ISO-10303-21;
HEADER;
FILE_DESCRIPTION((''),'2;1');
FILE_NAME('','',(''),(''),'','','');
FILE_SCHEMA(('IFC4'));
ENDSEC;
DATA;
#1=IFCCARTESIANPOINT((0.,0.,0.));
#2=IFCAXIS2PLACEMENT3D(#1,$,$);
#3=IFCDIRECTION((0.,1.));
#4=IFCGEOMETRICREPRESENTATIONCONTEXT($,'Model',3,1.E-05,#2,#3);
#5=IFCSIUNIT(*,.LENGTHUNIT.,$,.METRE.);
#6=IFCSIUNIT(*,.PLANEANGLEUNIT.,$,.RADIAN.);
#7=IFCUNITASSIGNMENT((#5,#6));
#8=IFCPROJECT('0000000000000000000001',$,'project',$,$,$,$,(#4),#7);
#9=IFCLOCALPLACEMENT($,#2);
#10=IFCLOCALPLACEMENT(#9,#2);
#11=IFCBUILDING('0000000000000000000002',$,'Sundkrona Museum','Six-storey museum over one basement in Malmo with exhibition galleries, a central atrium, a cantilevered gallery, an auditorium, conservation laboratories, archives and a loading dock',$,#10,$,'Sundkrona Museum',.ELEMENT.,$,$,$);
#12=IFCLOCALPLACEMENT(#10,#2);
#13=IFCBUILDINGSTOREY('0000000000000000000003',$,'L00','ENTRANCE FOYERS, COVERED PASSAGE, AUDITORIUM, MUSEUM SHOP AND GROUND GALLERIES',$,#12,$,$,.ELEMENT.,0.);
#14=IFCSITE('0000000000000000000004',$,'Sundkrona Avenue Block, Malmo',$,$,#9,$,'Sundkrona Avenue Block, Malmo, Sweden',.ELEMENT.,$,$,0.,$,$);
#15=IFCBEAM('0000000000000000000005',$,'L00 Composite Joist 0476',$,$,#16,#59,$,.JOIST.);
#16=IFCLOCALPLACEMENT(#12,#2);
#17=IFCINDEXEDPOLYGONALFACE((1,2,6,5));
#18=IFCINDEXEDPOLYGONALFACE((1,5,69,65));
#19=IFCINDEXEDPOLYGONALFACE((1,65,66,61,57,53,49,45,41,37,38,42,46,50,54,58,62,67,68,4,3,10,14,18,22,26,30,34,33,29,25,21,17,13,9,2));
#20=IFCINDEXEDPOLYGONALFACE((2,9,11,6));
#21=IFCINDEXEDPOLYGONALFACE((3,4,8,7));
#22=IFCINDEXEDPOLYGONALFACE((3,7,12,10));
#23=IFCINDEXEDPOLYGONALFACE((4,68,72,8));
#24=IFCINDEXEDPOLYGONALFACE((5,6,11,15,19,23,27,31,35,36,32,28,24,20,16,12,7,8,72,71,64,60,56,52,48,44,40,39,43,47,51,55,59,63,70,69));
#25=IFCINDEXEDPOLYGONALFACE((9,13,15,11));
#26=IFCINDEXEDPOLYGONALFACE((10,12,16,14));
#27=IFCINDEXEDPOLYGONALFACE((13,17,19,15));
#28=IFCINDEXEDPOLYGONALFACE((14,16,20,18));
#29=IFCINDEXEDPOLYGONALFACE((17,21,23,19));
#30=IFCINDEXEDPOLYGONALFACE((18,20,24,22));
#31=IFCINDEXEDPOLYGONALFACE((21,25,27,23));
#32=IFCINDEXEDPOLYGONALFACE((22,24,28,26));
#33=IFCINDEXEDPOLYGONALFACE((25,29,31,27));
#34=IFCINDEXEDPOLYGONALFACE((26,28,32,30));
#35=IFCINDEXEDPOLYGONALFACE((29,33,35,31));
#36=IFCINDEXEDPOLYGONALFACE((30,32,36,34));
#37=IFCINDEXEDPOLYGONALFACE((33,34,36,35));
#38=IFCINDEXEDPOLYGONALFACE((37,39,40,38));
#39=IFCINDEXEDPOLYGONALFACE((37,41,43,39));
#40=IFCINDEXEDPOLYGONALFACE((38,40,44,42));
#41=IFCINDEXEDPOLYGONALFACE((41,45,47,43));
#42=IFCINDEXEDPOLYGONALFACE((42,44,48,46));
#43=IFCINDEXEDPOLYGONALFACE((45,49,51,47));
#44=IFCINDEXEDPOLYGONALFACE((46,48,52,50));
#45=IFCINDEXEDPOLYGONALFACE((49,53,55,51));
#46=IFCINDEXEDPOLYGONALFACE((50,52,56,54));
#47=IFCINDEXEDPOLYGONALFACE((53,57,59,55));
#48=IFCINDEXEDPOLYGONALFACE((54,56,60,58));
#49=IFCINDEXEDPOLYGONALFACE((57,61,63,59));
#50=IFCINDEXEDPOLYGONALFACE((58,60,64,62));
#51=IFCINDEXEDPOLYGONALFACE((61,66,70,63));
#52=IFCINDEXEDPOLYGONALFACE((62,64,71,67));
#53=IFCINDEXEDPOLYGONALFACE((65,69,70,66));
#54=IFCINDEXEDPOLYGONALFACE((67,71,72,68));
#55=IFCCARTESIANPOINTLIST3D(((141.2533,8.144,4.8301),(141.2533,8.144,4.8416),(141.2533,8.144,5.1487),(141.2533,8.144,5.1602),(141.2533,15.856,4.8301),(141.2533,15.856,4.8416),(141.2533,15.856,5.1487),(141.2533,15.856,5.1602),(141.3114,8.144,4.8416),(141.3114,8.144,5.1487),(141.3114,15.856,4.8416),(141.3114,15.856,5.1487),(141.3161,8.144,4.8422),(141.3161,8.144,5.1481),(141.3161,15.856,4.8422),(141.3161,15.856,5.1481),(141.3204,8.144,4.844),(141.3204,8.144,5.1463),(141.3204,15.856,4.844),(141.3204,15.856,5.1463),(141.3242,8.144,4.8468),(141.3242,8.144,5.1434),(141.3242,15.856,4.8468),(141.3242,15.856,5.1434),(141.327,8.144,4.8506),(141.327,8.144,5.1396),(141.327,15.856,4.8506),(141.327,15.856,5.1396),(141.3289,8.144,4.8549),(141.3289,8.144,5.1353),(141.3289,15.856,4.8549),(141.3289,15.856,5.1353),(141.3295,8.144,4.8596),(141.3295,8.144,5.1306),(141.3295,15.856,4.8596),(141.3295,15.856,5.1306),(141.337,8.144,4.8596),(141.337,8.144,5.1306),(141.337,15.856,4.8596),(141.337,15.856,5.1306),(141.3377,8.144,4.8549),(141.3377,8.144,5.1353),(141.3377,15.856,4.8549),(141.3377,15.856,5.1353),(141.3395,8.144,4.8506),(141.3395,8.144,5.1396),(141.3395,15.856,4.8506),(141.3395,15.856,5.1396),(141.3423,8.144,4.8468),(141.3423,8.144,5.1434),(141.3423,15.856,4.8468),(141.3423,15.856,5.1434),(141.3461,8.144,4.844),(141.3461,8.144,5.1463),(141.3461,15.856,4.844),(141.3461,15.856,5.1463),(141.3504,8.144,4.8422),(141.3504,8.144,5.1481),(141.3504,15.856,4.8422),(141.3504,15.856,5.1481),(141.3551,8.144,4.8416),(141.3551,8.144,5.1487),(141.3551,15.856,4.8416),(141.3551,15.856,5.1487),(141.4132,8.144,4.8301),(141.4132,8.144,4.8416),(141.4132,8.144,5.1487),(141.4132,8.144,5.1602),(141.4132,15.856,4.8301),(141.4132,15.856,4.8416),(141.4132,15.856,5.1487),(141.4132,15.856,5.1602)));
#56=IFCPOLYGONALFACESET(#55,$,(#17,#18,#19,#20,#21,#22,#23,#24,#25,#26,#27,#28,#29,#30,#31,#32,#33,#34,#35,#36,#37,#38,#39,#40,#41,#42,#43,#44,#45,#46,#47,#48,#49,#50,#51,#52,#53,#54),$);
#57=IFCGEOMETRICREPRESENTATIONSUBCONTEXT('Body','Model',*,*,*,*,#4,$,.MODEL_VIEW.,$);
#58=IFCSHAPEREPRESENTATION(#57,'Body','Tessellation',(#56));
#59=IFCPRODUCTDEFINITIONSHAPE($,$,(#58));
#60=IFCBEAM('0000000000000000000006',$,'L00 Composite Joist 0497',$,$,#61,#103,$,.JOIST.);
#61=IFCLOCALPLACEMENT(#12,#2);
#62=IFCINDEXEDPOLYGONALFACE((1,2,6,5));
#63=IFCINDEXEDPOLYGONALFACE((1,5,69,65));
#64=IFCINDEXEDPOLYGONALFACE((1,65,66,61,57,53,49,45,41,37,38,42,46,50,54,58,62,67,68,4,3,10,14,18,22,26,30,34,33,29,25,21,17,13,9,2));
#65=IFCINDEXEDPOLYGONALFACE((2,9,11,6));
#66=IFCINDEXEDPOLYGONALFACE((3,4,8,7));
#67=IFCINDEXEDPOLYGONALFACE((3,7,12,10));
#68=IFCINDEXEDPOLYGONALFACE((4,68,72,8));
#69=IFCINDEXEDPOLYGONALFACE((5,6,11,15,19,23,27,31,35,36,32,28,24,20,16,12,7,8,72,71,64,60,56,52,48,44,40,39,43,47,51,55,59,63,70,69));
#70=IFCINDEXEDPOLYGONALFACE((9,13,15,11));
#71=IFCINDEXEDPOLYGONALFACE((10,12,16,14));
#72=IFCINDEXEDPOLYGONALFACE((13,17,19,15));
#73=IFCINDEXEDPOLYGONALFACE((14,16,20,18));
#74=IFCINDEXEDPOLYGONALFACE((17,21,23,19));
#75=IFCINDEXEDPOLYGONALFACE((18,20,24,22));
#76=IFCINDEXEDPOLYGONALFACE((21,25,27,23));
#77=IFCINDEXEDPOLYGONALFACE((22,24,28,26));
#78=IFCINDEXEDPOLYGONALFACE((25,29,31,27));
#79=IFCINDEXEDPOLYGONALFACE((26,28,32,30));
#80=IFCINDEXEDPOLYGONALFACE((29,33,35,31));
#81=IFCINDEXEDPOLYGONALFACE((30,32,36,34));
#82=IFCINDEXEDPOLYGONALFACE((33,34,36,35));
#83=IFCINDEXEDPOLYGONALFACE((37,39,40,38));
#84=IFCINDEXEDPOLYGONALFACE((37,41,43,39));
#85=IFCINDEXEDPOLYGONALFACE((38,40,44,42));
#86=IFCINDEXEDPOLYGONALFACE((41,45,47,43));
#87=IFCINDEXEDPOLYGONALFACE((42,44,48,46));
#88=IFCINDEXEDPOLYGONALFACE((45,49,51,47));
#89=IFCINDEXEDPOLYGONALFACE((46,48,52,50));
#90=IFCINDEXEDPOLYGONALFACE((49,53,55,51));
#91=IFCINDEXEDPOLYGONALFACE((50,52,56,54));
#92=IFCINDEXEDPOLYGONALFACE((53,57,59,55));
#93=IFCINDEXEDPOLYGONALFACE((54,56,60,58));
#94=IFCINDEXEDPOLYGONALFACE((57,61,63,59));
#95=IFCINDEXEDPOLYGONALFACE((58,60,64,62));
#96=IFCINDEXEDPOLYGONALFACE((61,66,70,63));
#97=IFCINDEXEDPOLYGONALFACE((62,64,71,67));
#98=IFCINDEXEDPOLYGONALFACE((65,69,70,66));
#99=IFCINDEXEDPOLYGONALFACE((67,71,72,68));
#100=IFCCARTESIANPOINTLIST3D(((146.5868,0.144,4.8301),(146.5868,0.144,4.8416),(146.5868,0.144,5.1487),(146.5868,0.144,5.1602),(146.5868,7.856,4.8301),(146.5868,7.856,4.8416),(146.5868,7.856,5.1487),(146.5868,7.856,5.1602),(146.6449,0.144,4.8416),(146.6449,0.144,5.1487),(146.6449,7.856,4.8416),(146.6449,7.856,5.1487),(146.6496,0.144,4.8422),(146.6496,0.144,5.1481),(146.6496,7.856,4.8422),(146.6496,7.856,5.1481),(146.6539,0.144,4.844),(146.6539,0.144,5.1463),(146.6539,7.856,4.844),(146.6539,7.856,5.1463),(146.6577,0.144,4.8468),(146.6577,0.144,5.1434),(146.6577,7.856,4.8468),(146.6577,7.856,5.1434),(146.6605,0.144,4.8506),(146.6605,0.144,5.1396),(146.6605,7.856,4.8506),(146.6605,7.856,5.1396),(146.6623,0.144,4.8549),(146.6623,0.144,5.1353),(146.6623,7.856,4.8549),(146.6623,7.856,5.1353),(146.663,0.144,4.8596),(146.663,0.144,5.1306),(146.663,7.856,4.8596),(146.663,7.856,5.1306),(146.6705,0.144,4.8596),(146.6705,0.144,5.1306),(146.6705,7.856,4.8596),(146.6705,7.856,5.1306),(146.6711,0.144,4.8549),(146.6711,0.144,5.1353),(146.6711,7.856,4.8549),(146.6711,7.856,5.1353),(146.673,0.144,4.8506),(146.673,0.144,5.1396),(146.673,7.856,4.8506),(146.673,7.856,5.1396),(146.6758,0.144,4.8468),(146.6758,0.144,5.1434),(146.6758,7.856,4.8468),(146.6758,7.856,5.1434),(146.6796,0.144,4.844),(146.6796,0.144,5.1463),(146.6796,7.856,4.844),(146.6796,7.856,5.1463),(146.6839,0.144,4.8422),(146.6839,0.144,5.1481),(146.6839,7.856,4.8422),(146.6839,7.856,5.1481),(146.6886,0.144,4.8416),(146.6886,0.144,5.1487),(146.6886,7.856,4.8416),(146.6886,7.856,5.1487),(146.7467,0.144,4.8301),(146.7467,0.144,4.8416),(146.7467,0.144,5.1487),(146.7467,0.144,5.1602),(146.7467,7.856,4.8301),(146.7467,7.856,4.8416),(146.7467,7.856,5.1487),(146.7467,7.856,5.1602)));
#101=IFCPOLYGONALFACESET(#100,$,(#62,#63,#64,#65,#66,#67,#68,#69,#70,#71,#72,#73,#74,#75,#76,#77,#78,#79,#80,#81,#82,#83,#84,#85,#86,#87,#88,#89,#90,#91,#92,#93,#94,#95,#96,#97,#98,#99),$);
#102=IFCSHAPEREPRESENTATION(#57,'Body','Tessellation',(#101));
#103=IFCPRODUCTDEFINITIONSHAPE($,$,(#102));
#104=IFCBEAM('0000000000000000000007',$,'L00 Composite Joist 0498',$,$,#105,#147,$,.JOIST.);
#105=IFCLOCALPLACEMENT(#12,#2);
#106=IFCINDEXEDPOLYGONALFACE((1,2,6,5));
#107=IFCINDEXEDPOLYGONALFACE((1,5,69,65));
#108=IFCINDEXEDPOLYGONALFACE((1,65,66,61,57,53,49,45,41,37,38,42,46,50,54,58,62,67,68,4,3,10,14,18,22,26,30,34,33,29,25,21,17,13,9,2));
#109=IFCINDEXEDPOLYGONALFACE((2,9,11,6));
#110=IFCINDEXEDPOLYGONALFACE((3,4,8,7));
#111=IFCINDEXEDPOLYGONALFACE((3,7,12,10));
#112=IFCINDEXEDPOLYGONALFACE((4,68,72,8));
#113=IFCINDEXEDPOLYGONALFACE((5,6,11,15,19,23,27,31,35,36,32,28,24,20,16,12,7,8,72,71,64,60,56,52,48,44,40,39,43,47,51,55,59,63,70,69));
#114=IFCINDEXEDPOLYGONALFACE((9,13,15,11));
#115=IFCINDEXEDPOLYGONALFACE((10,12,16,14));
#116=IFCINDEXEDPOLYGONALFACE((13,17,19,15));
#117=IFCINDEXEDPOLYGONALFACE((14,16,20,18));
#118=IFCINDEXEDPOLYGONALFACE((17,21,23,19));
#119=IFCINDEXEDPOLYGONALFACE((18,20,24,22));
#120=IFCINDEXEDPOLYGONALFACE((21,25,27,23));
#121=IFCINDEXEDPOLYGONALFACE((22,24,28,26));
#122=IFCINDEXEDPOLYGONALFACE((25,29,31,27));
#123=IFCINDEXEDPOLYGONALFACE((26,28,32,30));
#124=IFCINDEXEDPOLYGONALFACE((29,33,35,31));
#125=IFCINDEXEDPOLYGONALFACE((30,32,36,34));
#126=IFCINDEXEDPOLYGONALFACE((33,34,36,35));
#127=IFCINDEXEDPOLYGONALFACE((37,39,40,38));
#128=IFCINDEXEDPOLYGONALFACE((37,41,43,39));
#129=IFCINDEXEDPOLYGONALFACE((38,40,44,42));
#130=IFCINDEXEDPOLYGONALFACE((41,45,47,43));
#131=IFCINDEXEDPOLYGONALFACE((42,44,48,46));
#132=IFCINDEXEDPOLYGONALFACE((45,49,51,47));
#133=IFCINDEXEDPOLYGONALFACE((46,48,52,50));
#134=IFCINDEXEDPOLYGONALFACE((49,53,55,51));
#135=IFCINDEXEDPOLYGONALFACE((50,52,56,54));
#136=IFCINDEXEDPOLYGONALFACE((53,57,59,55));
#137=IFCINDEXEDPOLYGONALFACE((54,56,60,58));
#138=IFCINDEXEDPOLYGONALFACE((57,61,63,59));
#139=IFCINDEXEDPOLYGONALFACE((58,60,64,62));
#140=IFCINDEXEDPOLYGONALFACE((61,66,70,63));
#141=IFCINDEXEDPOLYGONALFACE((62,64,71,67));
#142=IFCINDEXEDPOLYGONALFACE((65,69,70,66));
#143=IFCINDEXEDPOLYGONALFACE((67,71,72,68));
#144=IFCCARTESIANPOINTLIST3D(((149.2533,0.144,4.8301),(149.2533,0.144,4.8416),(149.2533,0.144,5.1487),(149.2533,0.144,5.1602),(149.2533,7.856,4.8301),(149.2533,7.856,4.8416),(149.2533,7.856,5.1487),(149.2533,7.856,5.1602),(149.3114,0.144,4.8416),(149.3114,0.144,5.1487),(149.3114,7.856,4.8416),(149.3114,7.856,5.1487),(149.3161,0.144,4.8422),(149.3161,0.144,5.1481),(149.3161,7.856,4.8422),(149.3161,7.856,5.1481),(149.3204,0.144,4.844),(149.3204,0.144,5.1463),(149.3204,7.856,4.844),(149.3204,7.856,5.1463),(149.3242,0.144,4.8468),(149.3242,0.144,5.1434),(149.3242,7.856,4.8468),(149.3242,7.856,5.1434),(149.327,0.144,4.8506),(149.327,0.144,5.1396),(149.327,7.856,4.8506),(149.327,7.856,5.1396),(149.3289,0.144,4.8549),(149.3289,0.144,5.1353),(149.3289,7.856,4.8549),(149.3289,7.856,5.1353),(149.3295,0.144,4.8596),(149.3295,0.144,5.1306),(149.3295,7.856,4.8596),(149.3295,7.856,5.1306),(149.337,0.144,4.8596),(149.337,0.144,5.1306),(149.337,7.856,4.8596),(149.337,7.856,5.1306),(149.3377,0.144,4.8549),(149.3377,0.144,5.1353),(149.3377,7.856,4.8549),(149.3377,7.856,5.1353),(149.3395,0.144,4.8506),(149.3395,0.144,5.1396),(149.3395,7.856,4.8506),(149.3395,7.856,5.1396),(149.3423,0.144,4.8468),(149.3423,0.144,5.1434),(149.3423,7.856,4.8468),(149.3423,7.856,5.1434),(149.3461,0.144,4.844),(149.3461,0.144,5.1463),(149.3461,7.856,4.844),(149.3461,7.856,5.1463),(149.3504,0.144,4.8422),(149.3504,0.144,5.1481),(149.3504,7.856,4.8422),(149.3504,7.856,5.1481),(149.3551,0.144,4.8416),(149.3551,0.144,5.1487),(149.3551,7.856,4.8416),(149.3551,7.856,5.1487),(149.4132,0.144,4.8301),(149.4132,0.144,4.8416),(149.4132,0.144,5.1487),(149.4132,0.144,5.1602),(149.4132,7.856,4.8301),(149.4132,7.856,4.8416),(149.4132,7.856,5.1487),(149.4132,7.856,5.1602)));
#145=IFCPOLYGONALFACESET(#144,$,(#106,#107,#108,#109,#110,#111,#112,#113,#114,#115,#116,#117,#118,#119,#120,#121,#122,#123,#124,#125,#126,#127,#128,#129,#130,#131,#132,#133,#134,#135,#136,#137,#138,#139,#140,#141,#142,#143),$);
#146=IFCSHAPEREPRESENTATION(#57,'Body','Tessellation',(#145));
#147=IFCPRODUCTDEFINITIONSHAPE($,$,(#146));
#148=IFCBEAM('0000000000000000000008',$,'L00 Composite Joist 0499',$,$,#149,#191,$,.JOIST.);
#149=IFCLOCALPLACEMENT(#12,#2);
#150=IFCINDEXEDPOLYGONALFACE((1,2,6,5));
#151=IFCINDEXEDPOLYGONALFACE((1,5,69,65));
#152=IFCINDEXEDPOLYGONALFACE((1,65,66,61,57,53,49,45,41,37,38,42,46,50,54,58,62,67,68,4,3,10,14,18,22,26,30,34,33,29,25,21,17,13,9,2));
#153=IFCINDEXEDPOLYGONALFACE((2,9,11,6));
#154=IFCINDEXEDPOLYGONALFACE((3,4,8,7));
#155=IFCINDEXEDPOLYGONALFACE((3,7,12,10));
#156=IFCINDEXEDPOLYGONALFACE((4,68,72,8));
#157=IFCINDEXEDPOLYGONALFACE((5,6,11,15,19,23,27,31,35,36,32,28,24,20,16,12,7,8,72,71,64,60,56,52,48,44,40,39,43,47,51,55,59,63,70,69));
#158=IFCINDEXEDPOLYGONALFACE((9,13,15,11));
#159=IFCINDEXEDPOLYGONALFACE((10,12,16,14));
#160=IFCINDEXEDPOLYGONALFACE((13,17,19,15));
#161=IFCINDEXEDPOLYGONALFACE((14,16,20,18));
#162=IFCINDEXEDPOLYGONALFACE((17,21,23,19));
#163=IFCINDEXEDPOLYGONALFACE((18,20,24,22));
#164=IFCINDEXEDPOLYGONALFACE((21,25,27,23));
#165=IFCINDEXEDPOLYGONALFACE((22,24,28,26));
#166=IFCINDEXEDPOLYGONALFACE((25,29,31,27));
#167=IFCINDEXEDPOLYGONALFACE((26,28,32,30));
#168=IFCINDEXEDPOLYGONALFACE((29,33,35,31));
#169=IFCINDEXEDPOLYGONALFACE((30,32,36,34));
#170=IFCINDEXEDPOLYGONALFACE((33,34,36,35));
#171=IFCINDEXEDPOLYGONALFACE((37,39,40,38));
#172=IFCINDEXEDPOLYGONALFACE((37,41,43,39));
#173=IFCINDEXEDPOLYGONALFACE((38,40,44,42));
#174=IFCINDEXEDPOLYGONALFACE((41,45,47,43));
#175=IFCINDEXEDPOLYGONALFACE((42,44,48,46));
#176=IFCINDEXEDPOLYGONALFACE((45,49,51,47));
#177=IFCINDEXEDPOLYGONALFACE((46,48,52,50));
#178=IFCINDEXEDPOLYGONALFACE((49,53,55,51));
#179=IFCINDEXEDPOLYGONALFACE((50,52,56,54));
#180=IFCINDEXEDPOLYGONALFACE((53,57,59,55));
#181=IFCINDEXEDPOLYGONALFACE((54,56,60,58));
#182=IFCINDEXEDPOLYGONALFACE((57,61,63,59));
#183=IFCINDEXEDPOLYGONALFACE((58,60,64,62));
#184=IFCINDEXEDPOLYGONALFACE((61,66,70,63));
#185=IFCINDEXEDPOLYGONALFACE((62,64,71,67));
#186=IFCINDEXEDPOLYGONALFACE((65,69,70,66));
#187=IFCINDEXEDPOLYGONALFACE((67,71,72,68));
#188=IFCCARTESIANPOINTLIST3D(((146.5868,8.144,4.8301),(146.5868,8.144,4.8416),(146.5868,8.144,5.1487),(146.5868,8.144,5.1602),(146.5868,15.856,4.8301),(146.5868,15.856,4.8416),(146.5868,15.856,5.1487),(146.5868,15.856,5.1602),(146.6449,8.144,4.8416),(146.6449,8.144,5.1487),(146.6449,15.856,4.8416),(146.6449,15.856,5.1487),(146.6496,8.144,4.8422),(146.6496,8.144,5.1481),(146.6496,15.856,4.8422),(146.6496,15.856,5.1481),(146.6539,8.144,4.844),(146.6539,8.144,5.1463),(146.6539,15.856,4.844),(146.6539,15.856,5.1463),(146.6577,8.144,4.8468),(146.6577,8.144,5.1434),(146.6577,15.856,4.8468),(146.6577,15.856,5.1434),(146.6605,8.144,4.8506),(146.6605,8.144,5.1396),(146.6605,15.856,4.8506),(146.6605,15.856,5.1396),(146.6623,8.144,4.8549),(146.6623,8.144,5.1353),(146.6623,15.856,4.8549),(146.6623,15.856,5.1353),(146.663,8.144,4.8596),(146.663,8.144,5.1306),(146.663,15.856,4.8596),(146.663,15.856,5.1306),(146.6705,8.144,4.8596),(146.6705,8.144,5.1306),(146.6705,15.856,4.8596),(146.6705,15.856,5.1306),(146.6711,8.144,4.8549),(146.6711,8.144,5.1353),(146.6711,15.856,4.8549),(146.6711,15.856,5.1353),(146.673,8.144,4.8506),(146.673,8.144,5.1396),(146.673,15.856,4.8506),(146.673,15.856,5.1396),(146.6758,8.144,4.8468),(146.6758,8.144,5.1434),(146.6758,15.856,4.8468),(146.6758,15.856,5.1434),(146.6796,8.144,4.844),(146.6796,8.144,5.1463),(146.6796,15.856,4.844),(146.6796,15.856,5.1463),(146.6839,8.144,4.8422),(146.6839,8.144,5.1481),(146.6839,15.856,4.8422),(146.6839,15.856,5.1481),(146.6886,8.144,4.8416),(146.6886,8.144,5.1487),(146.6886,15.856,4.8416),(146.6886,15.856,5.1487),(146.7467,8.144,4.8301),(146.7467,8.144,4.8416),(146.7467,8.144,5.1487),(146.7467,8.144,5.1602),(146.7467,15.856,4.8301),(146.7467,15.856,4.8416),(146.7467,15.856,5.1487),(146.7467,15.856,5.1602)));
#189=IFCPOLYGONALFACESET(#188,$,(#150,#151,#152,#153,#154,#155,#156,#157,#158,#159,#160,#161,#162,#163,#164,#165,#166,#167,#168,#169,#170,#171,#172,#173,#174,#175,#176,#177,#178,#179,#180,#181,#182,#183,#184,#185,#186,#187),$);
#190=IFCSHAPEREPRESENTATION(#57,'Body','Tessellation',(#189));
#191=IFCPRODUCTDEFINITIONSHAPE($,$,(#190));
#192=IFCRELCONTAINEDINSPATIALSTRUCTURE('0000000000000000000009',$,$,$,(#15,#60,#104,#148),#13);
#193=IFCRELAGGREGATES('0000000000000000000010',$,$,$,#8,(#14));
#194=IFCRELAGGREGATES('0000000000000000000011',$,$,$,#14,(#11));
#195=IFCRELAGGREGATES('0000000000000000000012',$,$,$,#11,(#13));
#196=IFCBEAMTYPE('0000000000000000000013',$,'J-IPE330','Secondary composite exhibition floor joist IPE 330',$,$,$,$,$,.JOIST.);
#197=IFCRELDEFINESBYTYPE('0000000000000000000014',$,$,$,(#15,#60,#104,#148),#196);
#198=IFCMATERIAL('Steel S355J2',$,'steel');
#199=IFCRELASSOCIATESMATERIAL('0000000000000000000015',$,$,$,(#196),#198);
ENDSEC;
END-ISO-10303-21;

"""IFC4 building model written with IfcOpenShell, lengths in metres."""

from ifc_helpers import new_model, si_unit, direction, frame, origin, origin_2d, place, context, subcontext, project, spatial, i_section, extrude, material, material_profile, profile_set, type_object, element, save


model = new_model("IFC4")

# Units and contexts
model_context = context("Model", 3, precision=1e-05, world=origin(), true_north=direction((0.0, 1.0)))
body_context = subcontext(model_context, "Body", "Model", "MODEL_VIEW")
ifc_project = project(units=[si_unit("LENGTHUNIT", "METRE"), si_unit("PLANEANGLEUNIT", "RADIAN")], contexts=[model_context])

# Site, building, storey
site_placement = place(None, origin())
site = spatial("IfcSite", under=ifc_project, at=site_placement, Name="Sundkrona Avenue Block, Malmo", LongName="Sundkrona Avenue Block, Malmo, Sweden", CompositionType="ELEMENT", RefElevation=0.0)
building_placement = place(site_placement, origin())
building = spatial("IfcBuilding", under=site, at=building_placement, Name="Sundkrona Museum", Description="Six-storey museum over one basement in Malmo with exhibition galleries, a central atrium, a cantilevered gallery, an auditorium, conservation laboratories, archives and a loading dock", LongName="Sundkrona Museum", CompositionType="ELEMENT")
storey_placement = place(building_placement, origin())
storey = spatial("IfcBuildingStorey", under=building, at=storey_placement, Name="L00", Description="ENTRANCE FOYERS, COVERED PASSAGE, AUDITORIUM, MUSEUM SHOP AND GROUND GALLERIES", CompositionType="ELEMENT", Elevation=0.0)

# Shared definitions
ifc_material_1 = material(Name="Steel S355J2", Category="steel")

# Beams
ifc_material_profile_1 = material_profile(ifc_material_1, i_section(OverallWidth=0.1599, OverallDepth=0.3301, WebThickness=0.0076, FlangeThickness=0.0115, FilletRadius=0.0181, at=origin_2d()), Name="IPE 330")
ifc_profile_set_1 = profile_set([ifc_material_profile_1], Name="Steel S355J2")
beam_type_1 = type_object("IfcBeamType", Name="J-IPE330", Description="Secondary composite exhibition floor joist IPE 330", PredefinedType="JOIST", material=ifc_profile_set_1)
for number, where, z_axis, x_axis, name in (
    (1, (141.3333, 8.144, 4.9951), (0.0, 1.0, 0.0), (-1.0, 0.0, 0.0), "L00 Composite Joist 0476"),
    (2, (146.6667, 0.144, 4.9951), (0.0, 1.0, 0.0), (-1.0, 0.0, 0.0), "L00 Composite Joist 0497"),
    (3, (149.3333, 0.144, 4.9951), (0.0, 1.0, 0.0), (-1.0, 0.0, 0.0), "L00 Composite Joist 0498"),
    (4, (146.6667, 8.144, 4.9951), (0.0, 1.0, 0.0), (-1.0, 0.0, 0.0), "L00 Composite Joist 0499"),
):
    element("IfcBeam", number, at=place(storey_placement, frame(where, z_axis=z_axis, x_axis=x_axis)), inside=storey, type_object=beam_type_1, Name=name, PredefinedType="JOIST", context=body_context, shape_type="SweptSolid", body=[
        extrude(i_section(OverallWidth=0.1599, OverallDepth=0.3301, WebThickness=0.0076, FlangeThickness=0.0115, FilletRadius=0.0181, at=origin_2d()), origin(), (0.0, 0.0, 1.0), 7.7119),
    ])

save(model, "model.ifc")
